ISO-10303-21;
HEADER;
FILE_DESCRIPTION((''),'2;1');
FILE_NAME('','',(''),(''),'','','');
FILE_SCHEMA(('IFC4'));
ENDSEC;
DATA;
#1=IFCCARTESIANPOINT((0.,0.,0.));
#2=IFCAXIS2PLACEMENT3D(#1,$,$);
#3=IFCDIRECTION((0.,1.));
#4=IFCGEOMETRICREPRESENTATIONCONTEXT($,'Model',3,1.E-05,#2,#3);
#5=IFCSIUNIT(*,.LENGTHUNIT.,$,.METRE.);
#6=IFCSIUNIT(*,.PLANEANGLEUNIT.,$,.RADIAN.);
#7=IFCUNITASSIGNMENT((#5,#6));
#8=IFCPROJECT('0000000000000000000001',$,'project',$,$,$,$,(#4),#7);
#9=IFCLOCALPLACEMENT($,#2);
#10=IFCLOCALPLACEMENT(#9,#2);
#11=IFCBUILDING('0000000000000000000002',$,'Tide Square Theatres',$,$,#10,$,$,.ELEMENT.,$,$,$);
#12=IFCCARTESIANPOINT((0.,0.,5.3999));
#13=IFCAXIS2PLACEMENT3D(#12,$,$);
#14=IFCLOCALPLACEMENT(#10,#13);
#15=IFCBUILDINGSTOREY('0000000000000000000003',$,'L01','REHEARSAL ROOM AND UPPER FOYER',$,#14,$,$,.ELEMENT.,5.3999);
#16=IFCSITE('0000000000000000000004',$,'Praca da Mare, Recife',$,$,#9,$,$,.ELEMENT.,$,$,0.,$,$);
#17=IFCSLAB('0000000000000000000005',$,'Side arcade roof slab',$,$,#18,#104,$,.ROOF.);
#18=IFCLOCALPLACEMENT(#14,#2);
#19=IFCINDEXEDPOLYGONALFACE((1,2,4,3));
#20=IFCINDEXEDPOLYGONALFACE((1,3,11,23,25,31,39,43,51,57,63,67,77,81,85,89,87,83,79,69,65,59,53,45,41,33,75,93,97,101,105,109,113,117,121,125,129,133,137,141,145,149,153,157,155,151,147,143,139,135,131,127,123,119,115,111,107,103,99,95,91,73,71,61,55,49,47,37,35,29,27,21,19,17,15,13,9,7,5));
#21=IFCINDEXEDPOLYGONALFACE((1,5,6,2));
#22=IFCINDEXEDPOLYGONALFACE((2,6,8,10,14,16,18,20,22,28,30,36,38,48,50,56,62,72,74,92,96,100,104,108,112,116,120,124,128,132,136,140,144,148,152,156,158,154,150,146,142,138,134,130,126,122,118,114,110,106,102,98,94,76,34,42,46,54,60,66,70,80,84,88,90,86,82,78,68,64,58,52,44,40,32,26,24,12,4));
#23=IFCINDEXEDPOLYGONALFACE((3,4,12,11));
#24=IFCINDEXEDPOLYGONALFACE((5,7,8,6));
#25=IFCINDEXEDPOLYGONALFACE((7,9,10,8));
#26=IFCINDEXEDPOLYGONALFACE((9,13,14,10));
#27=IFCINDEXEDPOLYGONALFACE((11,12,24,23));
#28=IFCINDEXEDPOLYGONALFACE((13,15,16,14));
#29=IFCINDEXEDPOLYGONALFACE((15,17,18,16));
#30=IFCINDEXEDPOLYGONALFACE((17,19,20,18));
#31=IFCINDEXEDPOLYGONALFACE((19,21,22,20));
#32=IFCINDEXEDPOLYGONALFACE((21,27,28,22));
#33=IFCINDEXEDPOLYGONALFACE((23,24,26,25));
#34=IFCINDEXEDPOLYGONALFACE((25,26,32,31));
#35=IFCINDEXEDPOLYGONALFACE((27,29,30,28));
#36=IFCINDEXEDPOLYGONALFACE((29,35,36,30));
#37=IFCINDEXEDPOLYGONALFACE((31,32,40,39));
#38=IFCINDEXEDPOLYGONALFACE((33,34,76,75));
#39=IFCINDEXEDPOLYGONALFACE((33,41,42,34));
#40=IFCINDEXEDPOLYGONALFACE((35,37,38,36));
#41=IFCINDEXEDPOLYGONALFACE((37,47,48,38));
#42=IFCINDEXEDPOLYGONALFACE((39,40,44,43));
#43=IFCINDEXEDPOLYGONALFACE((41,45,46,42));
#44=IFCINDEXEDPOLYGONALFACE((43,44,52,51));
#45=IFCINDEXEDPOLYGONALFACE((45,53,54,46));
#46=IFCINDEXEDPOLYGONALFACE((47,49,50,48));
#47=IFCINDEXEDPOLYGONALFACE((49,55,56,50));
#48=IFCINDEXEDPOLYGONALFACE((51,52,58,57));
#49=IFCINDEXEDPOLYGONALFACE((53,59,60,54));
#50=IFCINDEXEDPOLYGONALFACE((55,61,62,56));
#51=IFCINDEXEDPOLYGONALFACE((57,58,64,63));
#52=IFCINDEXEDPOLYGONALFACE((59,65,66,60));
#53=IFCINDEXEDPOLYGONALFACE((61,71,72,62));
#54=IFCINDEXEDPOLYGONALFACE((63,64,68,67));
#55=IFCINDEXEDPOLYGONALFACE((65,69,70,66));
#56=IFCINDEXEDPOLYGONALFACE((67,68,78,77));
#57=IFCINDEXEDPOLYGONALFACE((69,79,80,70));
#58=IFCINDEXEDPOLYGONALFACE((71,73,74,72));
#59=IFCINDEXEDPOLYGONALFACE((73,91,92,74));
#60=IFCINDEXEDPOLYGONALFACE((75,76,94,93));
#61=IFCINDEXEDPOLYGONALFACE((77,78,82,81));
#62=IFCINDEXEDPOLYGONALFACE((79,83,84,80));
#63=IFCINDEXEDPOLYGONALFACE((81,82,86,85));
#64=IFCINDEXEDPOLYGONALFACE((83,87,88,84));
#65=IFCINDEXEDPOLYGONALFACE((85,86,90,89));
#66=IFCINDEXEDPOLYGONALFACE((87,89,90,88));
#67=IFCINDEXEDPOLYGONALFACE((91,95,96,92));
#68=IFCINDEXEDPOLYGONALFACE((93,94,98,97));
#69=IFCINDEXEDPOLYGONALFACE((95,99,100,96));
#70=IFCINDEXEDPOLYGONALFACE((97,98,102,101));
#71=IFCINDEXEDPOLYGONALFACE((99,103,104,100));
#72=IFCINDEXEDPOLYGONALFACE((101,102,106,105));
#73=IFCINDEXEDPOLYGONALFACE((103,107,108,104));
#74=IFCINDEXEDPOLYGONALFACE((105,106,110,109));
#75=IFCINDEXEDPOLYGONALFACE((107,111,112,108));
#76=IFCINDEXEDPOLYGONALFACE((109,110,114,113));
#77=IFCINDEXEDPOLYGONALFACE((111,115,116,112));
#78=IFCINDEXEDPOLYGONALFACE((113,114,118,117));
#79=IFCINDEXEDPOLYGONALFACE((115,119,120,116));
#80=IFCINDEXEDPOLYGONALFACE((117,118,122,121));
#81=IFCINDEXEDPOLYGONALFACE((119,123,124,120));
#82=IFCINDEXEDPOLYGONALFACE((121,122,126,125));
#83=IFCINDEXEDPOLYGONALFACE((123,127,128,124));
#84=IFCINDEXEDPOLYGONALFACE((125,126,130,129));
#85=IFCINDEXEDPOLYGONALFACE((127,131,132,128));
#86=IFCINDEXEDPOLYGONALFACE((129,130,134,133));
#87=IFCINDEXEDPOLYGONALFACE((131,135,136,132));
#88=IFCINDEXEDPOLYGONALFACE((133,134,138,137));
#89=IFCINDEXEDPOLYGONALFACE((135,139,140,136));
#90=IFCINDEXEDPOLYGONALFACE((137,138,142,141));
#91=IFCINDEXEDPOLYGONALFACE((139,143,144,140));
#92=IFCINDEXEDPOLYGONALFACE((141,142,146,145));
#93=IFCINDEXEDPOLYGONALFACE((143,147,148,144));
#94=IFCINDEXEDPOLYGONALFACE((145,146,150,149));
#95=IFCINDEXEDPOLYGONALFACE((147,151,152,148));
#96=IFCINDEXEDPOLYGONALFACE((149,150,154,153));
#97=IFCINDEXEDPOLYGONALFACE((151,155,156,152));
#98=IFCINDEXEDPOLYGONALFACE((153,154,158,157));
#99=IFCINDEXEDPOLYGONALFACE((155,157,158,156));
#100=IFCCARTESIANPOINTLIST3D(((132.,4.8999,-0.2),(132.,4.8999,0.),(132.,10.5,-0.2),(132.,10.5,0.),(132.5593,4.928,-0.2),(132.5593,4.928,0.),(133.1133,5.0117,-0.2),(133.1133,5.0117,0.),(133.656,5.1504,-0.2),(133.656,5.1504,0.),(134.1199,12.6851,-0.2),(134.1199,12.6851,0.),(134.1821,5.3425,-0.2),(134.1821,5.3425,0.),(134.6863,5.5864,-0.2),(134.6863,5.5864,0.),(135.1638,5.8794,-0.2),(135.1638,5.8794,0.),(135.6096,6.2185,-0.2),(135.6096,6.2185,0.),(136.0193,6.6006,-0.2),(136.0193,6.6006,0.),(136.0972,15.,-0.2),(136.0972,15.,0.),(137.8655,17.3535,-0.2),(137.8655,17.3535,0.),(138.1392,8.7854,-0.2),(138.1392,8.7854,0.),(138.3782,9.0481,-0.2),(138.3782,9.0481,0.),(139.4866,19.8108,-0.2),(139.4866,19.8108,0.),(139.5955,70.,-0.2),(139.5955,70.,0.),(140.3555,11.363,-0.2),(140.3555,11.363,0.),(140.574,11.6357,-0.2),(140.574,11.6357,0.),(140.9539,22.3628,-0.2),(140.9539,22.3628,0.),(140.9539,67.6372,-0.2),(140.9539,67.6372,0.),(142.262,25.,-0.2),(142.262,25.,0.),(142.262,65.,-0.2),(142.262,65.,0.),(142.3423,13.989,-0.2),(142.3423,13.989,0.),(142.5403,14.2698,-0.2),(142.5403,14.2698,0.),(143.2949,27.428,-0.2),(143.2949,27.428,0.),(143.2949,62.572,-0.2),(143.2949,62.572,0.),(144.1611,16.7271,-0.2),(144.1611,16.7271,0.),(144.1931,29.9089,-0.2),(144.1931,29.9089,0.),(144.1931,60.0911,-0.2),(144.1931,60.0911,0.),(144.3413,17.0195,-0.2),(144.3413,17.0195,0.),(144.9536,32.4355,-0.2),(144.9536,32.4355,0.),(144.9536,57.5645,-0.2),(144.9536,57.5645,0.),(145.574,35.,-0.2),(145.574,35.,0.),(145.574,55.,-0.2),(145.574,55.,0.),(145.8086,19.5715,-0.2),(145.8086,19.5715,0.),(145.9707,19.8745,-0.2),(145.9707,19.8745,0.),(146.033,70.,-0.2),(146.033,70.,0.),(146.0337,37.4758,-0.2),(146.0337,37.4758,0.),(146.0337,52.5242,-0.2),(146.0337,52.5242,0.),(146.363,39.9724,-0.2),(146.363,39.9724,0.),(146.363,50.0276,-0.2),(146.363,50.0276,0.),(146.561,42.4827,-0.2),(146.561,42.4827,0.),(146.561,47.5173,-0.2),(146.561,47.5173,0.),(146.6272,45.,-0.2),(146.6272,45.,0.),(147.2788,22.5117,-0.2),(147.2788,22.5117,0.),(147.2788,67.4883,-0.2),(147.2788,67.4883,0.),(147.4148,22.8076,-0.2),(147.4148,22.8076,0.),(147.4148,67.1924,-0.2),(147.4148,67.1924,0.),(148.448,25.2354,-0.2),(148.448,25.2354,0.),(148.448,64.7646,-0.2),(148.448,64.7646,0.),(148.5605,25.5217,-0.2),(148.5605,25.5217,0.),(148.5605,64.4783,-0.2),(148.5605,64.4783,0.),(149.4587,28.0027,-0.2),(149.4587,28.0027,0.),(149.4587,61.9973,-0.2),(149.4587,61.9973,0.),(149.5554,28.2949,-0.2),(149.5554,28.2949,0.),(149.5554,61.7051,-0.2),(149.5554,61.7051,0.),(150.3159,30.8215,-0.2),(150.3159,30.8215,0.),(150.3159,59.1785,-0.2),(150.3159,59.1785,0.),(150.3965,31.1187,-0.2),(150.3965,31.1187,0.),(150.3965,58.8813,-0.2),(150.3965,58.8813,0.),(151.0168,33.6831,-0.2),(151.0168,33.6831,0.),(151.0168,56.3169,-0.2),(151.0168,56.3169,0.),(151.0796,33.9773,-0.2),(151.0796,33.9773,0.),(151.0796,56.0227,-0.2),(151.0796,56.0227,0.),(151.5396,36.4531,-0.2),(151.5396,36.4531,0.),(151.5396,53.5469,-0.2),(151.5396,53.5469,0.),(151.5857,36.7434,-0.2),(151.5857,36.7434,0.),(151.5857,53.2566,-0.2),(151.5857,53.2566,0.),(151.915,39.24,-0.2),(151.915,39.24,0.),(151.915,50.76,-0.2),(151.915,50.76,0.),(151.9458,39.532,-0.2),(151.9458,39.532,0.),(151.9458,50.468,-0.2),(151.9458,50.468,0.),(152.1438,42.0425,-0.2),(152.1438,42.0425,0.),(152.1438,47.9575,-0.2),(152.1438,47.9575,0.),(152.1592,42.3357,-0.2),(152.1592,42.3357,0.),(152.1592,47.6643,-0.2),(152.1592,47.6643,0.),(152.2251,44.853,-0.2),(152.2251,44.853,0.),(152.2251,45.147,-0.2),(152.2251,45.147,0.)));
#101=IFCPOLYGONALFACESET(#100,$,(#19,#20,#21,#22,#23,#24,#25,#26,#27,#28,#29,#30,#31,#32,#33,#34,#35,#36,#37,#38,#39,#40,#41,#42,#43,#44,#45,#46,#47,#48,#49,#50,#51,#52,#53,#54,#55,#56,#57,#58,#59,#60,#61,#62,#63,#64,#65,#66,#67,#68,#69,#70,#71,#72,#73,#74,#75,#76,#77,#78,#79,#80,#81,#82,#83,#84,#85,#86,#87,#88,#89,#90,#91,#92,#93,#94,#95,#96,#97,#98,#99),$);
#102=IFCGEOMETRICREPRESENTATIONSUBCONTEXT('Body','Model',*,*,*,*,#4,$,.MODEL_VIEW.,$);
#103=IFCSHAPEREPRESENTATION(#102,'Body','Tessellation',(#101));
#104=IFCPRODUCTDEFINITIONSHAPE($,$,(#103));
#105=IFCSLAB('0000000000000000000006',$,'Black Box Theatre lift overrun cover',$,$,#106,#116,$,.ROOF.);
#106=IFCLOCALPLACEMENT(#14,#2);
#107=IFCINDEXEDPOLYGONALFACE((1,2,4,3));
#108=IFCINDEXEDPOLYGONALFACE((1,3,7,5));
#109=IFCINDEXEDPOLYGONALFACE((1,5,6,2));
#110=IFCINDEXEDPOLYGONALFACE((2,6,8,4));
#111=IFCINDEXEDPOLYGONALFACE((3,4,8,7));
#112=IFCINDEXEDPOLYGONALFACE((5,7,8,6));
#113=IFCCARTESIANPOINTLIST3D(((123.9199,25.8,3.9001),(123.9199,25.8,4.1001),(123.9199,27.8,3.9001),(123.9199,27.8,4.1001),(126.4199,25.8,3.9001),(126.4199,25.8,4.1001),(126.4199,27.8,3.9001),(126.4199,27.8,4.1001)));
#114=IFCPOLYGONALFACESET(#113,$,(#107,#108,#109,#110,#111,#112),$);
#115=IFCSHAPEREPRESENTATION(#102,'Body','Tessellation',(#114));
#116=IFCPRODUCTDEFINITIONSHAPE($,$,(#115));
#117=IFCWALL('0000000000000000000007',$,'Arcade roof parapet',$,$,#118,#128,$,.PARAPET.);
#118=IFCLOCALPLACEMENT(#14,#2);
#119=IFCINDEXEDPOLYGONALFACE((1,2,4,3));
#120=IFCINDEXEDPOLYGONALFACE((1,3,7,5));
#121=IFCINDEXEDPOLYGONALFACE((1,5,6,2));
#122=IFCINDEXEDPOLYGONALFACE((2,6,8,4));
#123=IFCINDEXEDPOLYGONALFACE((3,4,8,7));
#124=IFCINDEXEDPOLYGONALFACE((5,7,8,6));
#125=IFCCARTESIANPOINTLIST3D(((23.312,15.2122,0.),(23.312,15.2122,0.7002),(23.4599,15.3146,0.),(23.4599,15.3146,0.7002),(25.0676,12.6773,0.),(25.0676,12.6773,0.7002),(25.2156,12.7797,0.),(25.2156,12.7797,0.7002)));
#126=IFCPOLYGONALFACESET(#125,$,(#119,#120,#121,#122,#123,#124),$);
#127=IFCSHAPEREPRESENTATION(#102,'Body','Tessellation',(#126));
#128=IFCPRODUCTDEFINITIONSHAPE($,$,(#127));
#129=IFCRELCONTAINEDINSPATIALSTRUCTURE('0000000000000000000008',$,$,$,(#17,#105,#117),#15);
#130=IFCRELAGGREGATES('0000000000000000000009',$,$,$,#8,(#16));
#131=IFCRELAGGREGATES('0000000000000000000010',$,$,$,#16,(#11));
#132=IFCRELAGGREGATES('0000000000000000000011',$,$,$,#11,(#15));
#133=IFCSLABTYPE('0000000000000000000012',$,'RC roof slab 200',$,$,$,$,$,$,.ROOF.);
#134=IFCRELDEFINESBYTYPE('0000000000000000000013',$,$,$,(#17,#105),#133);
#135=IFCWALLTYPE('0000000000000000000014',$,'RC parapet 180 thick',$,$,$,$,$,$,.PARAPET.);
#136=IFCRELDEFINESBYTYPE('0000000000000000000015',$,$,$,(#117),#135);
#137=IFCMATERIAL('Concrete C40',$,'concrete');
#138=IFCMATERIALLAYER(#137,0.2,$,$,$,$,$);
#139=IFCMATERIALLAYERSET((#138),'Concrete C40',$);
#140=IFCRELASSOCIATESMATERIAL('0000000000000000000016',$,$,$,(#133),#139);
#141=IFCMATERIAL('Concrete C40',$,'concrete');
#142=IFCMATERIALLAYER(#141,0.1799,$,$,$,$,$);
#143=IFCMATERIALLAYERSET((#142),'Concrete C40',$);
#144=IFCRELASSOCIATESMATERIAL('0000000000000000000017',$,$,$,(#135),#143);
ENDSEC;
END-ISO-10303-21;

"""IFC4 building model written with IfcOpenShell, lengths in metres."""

from ifc_helpers import new_model, si_unit, direction, frame, frame_2d, origin, place, context, subcontext, project, spatial, polyline, rectangle, outline, extrude, material, layer, layer_set, type_object, element, save


model = new_model("IFC4")

# Units and contexts
model_context = context("Model", 3, precision=1e-05, world=origin(), true_north=direction((0.0, 1.0)))
body_context = subcontext(model_context, "Body", "Model", "MODEL_VIEW")
ifc_project = project(units=[si_unit("LENGTHUNIT", "METRE"), si_unit("PLANEANGLEUNIT", "RADIAN")], contexts=[model_context])

# Site, building, storey
site_placement = place(None, origin())
site = spatial("IfcSite", under=ifc_project, at=site_placement, Name="Praca da Mare, Recife", CompositionType="ELEMENT", RefElevation=0.0)
building_placement = place(site_placement, origin())
building = spatial("IfcBuilding", under=site, at=building_placement, Name="Tide Square Theatres", CompositionType="ELEMENT")
storey_placement = place(building_placement, frame((0.0, 0.0, 5.3999)))
storey = spatial("IfcBuildingStorey", under=building, at=storey_placement, Name="L01", Description="REHEARSAL ROOM AND UPPER FOYER", CompositionType="ELEMENT", Elevation=5.3999)

# Slabs
ifc_material_1 = material(Name="Concrete C40", Category="concrete")
ifc_layer_1 = layer(ifc_material_1, 0.2)
ifc_layer_set_1 = layer_set([ifc_layer_1], Name="Concrete C40")
slab_type_1 = type_object("IfcSlabType", Name="RC roof slab 200", PredefinedType="ROOF", material=ifc_layer_set_1)
slab_1_placement = place(storey_placement, frame((0.0, 0.0, -0.2)))
element("IfcSlab", 1, at=slab_1_placement, inside=storey, type_object=slab_type_1, Name="Side arcade roof slab", PredefinedType="ROOF", context=body_context, shape_type="SweptSolid", body=[
    extrude(outline(polyline([(147.2788, 67.4883), (146.033, 70.0), (139.5955, 70.0), (140.9539, 67.6372), (142.262, 65.0), (143.2949, 62.572), (144.1931, 60.0911), (144.9536, 57.5645), (145.574, 55.0), (146.0337, 52.5242), (146.363, 50.0276), (146.561, 47.5173), (146.6272, 45.0), (146.561, 42.4827), (146.363, 39.9724), (146.0337, 37.4758), (145.574, 35.0), (144.9536, 32.4355), (144.1931, 29.9089), (143.2949, 27.428), (142.262, 25.0), (140.9539, 22.3628), (139.4866, 19.8108), (137.8655, 17.3535), (136.0972, 15.0), (134.1199, 12.6851), (132.0, 10.5), (132.0, 4.8999), (132.5593, 4.928), (133.1133, 5.0117), (133.656, 5.1504), (134.1821, 5.3425), (134.6863, 5.5864), (135.1638, 5.8794), (135.6096, 6.2185), (136.0193, 6.6006), (138.1392, 8.7854), (138.3782, 9.0481), (140.3555, 11.363), (140.574, 11.6357), (142.3423, 13.989), (142.5403, 14.2698), (144.1611, 16.7271), (144.3413, 17.0195), (145.8086, 19.5715), (145.9707, 19.8745), (147.2788, 22.5117), (147.4148, 22.8076), (148.448, 25.2354), (148.5605, 25.5217), (149.4587, 28.0027), (149.5554, 28.2949), (150.3159, 30.8215), (150.3965, 31.1187), (151.0168, 33.6831), (151.0796, 33.9773), (151.5396, 36.4531), (151.5857, 36.7434), (151.915, 39.24), (151.9458, 39.532), (152.1438, 42.0425), (152.1592, 42.3357), (152.2251, 44.853), (152.2251, 45.147), (152.1592, 47.6643), (152.1438, 47.9575), (151.9458, 50.468), (151.915, 50.76), (151.5857, 53.2566), (151.5396, 53.5469), (151.0796, 56.0227), (151.0168, 56.3169), (150.3965, 58.8813), (150.3159, 59.1785), (149.5554, 61.7051), (149.4587, 61.9973), (148.5605, 64.4783), (148.448, 64.7646), (147.4148, 67.1924), (147.2788, 67.4883)])), origin(), (0.0, 0.0, 1.0), 0.2),
])
slab_2_placement = place(storey_placement, frame((0.0, 0.0, 3.9001)))
element("IfcSlab", 2, at=slab_2_placement, inside=storey, type_object=slab_type_1, Name="Black Box Theatre lift overrun cover", PredefinedType="ROOF", context=body_context, shape_type="SweptSolid", body=[
    extrude(outline(polyline([(126.4199, 25.8), (126.4199, 27.8), (123.9199, 27.8), (123.9199, 25.8), (126.4199, 25.8)])), origin(), (0.0, 0.0, 1.0), 0.2),
])

# Wall
ifc_material_2 = material(Name="Concrete C40", Category="concrete")
ifc_layer_2 = layer(ifc_material_2, 0.1799)
ifc_layer_set_2 = layer_set([ifc_layer_2], Name="Concrete C40")
wall_type = type_object("IfcWallType", Name="RC parapet 180 thick", PredefinedType="PARAPET", material=ifc_layer_set_2)
wall_placement = place(storey_placement, frame((25.1416, 12.7285, 0.0), z_axis=(0.0, 0.0, 1.0), x_axis=(-0.569358, 0.82209, 0.0)))
element("IfcWall", 3, at=wall_placement, inside=storey, type_object=wall_type, Name="Arcade roof parapet", PredefinedType="PARAPET", context=body_context, shape_type="SweptSolid", body=[
    extrude(rectangle(XDim=3.0835, YDim=0.1799, at=frame_2d((1.5417, 0.0))), origin(), (0.0, 0.0, 1.0), 0.7002),
])

save(model, "model.ifc")
